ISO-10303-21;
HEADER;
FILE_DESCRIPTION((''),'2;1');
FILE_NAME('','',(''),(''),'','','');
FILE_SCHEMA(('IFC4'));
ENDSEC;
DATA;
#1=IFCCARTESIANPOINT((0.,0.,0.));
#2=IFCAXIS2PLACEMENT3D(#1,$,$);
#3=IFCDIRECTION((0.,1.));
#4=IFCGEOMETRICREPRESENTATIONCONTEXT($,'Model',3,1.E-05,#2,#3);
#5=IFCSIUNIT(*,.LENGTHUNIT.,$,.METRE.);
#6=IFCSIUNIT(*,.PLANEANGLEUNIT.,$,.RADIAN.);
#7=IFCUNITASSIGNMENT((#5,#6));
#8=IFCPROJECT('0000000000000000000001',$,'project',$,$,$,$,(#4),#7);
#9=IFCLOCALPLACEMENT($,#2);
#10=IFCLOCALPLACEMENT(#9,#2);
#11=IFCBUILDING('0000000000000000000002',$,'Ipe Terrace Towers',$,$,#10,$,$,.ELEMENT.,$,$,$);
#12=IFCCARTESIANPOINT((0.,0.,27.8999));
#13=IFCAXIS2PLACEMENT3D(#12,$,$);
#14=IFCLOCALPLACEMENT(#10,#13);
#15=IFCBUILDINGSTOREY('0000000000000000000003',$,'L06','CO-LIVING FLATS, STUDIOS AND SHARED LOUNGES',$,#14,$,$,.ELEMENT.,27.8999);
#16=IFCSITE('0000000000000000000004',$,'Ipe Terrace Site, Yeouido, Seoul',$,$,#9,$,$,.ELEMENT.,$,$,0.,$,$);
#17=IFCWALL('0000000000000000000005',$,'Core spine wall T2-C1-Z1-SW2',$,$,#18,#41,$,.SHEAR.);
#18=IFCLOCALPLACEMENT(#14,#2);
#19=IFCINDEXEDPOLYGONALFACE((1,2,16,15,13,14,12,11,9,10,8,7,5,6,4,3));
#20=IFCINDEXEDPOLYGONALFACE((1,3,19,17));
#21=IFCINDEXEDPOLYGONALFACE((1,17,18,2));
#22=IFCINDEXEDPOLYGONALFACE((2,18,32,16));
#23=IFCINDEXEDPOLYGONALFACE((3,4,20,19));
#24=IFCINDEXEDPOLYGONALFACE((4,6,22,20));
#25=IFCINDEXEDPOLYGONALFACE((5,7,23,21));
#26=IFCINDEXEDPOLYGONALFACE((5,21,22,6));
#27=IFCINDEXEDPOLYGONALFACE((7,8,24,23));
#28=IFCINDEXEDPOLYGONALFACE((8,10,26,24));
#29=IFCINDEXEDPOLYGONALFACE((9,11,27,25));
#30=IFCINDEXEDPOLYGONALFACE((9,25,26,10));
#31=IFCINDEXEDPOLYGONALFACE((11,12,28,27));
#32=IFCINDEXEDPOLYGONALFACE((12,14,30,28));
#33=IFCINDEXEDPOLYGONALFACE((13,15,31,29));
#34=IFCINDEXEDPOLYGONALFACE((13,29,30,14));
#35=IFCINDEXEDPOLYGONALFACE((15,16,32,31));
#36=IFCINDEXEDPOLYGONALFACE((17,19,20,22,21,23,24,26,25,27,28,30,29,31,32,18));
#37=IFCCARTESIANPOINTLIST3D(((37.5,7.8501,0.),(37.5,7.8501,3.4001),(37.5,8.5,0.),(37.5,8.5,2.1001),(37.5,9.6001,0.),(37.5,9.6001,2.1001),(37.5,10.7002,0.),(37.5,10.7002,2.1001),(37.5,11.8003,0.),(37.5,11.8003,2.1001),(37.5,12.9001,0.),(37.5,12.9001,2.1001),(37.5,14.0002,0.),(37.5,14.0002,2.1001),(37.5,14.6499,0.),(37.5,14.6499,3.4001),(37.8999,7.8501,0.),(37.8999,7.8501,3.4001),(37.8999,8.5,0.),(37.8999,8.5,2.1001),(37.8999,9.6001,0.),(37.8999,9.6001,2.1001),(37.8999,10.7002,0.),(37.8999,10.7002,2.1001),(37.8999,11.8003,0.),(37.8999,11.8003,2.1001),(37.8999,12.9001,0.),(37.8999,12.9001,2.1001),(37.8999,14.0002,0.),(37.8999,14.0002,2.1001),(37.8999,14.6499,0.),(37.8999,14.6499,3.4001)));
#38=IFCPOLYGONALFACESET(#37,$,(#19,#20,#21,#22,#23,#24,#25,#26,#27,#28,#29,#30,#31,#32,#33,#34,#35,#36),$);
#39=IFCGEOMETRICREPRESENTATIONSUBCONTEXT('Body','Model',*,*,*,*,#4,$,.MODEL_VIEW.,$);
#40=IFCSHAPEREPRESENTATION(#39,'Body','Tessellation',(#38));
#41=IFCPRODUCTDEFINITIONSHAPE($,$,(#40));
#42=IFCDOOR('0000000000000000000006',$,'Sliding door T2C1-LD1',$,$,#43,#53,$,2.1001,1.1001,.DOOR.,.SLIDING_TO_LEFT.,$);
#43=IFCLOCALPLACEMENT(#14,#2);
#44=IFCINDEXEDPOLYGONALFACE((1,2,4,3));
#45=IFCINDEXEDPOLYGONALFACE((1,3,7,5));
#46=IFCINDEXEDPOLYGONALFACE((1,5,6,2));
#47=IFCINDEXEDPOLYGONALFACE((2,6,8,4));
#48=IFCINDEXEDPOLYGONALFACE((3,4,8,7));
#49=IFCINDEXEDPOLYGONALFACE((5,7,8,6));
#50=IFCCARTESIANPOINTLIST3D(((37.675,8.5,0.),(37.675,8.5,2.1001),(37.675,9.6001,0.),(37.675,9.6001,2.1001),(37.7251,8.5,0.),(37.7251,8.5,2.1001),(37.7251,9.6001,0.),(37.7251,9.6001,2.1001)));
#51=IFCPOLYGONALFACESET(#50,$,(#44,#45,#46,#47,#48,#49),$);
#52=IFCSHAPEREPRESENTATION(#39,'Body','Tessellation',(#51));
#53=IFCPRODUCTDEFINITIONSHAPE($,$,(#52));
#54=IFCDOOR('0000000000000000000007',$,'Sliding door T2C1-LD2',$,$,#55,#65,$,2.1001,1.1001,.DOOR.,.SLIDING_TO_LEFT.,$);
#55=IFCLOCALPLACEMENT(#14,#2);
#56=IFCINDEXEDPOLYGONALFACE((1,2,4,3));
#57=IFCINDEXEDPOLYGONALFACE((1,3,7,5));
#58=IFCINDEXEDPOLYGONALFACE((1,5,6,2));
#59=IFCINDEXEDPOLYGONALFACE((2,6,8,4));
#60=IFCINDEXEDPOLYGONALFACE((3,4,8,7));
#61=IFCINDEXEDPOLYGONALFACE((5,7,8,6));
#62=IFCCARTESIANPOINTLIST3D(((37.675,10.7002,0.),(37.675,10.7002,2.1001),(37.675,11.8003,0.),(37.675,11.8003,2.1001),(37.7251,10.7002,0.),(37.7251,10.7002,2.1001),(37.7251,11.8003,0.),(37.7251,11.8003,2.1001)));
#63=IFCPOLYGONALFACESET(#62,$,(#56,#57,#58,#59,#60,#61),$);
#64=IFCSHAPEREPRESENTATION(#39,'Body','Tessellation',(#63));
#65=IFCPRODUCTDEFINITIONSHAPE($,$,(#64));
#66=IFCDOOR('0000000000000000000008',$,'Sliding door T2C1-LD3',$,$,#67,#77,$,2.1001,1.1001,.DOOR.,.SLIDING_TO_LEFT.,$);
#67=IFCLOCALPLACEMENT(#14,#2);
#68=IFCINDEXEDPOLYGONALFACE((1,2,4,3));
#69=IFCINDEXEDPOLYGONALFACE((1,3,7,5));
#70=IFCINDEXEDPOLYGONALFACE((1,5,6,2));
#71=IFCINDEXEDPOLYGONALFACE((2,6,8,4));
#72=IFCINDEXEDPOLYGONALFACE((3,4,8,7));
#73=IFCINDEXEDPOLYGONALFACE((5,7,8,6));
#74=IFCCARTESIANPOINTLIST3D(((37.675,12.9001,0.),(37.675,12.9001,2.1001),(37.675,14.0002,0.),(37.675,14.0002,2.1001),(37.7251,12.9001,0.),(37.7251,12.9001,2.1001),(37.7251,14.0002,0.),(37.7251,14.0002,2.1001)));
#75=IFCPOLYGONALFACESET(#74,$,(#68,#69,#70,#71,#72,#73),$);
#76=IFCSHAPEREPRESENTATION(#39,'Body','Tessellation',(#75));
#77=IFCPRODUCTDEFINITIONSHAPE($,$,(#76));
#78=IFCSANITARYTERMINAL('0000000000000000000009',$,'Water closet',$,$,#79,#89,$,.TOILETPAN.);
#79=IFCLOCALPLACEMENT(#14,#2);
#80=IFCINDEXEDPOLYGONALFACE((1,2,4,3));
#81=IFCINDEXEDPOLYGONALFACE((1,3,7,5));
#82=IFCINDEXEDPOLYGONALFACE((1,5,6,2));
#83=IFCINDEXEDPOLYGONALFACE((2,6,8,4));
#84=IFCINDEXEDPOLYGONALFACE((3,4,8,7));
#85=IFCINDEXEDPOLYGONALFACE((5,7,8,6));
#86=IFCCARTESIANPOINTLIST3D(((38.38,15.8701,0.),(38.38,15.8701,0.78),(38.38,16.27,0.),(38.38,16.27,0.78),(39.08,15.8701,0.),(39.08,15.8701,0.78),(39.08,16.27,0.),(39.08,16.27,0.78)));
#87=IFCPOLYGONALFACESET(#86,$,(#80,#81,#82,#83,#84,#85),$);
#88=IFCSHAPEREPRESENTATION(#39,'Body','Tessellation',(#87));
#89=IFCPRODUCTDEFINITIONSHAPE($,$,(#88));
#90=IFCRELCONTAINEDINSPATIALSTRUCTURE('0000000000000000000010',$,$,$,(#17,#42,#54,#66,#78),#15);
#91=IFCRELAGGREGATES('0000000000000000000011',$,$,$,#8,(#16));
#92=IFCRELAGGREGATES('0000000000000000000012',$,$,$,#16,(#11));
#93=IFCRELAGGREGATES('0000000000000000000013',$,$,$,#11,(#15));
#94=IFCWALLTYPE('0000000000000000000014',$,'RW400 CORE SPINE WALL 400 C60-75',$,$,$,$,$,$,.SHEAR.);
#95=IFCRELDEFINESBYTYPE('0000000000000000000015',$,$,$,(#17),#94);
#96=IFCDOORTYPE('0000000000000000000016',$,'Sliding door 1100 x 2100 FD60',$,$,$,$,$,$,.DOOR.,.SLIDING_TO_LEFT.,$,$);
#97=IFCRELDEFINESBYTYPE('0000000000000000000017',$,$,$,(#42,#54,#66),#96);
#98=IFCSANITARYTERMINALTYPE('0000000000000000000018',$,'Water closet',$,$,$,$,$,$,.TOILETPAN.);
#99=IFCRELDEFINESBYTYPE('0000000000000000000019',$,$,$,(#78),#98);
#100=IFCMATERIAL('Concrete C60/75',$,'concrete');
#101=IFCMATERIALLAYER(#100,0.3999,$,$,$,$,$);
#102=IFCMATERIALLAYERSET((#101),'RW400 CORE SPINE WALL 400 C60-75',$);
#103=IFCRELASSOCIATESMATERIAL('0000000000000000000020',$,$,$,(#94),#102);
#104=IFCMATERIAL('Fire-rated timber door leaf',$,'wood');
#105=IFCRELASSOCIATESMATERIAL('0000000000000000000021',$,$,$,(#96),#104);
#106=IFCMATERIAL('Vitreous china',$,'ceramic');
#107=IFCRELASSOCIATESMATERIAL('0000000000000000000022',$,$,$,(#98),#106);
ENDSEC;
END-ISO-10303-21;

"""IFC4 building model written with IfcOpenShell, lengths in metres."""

from ifc_helpers import new_model, si_unit, direction, frame, frame_2d, origin, origin_2d, place, context, subcontext, project, spatial, rectangle, extrude, material, layer, layer_set, type_object, element, fill, save


model = new_model("IFC4")

# Units and contexts
model_context = context("Model", 3, precision=1e-05, world=origin(), true_north=direction((0.0, 1.0)))
body_context = subcontext(model_context, "Body", "Model", "MODEL_VIEW")
ifc_project = project(units=[si_unit("LENGTHUNIT", "METRE"), si_unit("PLANEANGLEUNIT", "RADIAN")], contexts=[model_context])

# Site, building, storey
site_placement = place(None, origin())
site = spatial("IfcSite", under=ifc_project, at=site_placement, Name="Ipe Terrace Site, Yeouido, Seoul", CompositionType="ELEMENT", RefElevation=0.0)
building_placement = place(site_placement, origin())
building = spatial("IfcBuilding", under=site, at=building_placement, Name="Ipe Terrace Towers", CompositionType="ELEMENT")
storey_placement = place(building_placement, frame((0.0, 0.0, 27.8999)))
storey = spatial("IfcBuildingStorey", under=building, at=storey_placement, Name="L06", Description="CO-LIVING FLATS, STUDIOS AND SHARED LOUNGES", CompositionType="ELEMENT", Elevation=27.8999)

# Wall, openings, doors
ifc_material_1 = material(Name="Concrete C60/75", Category="concrete")
ifc_layer_1 = layer(ifc_material_1, 0.3999)
ifc_layer_set_1 = layer_set([ifc_layer_1], Name="RW400 CORE SPINE WALL 400 C60-75")
wall_type_1 = type_object("IfcWallType", Name="RW400 CORE SPINE WALL 400 C60-75", PredefinedType="SHEAR", material=ifc_layer_set_1)
wall_1_placement = place(storey_placement, frame((37.7, 7.8501, 0.0), z_axis=(0.0, 0.0, 1.0), x_axis=(0.0, 1.0, 0.0)))
wall_1 = element("IfcWall", 1, at=wall_1_placement, inside=storey, type_object=wall_type_1, Name="Core spine wall T2-C1-Z1-SW2", PredefinedType="SHEAR", context=body_context, shape_type="SweptSolid", body=[
    extrude(rectangle(XDim=6.7998, YDim=0.3999, at=frame_2d((3.3999, 0.0))), origin(), (0.0, 0.0, 1.0), 3.4001),
])
opening_1_placement = place(wall_1_placement, frame((0.6499, 0.0, 0.0)))
opening_1 = element("IfcOpeningElement", 2, at=opening_1_placement, cuts=wall_1, PredefinedType="OPENING", context=body_context, shape_type="SweptSolid", body=[
    extrude(rectangle(XDim=1.1001, YDim=2.1001, at=frame_2d((0.55, 1.05))), frame((0.0, 0.21, 0.0), z_axis=(0.0, -1.0, 0.0), x_axis=(1.0, 0.0, 0.0)), (0.0, 0.0, 1.0), 0.4199),
])
opening_2_placement = place(wall_1_placement, frame((2.8501, 0.0, 0.0)))
opening_2 = element("IfcOpeningElement", 3, at=opening_2_placement, cuts=wall_1, PredefinedType="OPENING", context=body_context, shape_type="SweptSolid", body=[
    extrude(rectangle(XDim=1.1001, YDim=2.1001, at=frame_2d((0.55, 1.05))), frame((0.0, 0.21, 0.0), z_axis=(0.0, -1.0, 0.0), x_axis=(1.0, 0.0, 0.0)), (0.0, 0.0, 1.0), 0.4199),
])
opening_3_placement = place(wall_1_placement, frame((5.05, 0.0, 0.0)))
opening_3 = element("IfcOpeningElement", 4, at=opening_3_placement, cuts=wall_1, PredefinedType="OPENING", context=body_context, shape_type="SweptSolid", body=[
    extrude(rectangle(XDim=1.1001, YDim=2.1001, at=frame_2d((0.55, 1.05))), frame((0.0, 0.21, 0.0), z_axis=(0.0, -1.0, 0.0), x_axis=(1.0, 0.0, 0.0)), (0.0, 0.0, 1.0), 0.4199),
])
ifc_material_2 = material(Name="Fire-rated timber door leaf", Category="wood")
door_type_1 = type_object("IfcDoorType", Name="Sliding door 1100 x 2100 FD60", OperationType="SLIDING_TO_LEFT", PredefinedType="DOOR", material=ifc_material_2)
door_1_placement = place(opening_1_placement, origin())
door_1 = element("IfcDoor", 5, at=door_1_placement, inside=storey, type_object=door_type_1, Name="Sliding door T2C1-LD1", OperationType="SLIDING_TO_LEFT", OverallHeight=2.1001, OverallWidth=1.1001, PredefinedType="DOOR", context=body_context, shape_type="SweptSolid", body=[
    extrude(rectangle(XDim=1.1001, YDim=2.1001, at=frame_2d((0.55, 1.05))), frame((0.0, 0.0249, 0.0), z_axis=(0.0, -1.0, 0.0), x_axis=(1.0, 0.0, 0.0)), (0.0, 0.0, 1.0), 0.05),
])
fill(opening_1, door_1)
door_2_placement = place(opening_2_placement, origin())
door_2 = element("IfcDoor", 6, at=door_2_placement, inside=storey, type_object=door_type_1, Name="Sliding door T2C1-LD2", OperationType="SLIDING_TO_LEFT", OverallHeight=2.1001, OverallWidth=1.1001, PredefinedType="DOOR", context=body_context, shape_type="SweptSolid", body=[
    extrude(rectangle(XDim=1.1001, YDim=2.1001, at=frame_2d((0.55, 1.05))), frame((0.0, 0.0249, 0.0), z_axis=(0.0, -1.0, 0.0), x_axis=(1.0, 0.0, 0.0)), (0.0, 0.0, 1.0), 0.05),
])
fill(opening_2, door_2)
door_3_placement = place(opening_3_placement, origin())
door_3 = element("IfcDoor", 7, at=door_3_placement, inside=storey, type_object=door_type_1, Name="Sliding door T2C1-LD3", OperationType="SLIDING_TO_LEFT", OverallHeight=2.1001, OverallWidth=1.1001, PredefinedType="DOOR", context=body_context, shape_type="SweptSolid", body=[
    extrude(rectangle(XDim=1.1001, YDim=2.1001, at=frame_2d((0.55, 1.05))), frame((0.0, 0.0249, 0.0), z_axis=(0.0, -1.0, 0.0), x_axis=(1.0, 0.0, 0.0)), (0.0, 0.0, 1.0), 0.05),
])
fill(opening_3, door_3)

# Sanitary terminal
ifc_material_3 = material(Name="Vitreous china", Category="ceramic")
sanitary_terminal_type = type_object("IfcSanitaryTerminalType", Name="Water closet", PredefinedType="TOILETPAN", material=ifc_material_3)
sanitary_terminal_placement = place(storey_placement, frame((38.73, 16.0701, 0.0), z_axis=(0.0, 0.0, 1.0), x_axis=(-1.0, 0.0, 0.0)))
element("IfcSanitaryTerminal", 8, at=sanitary_terminal_placement, inside=storey, type_object=sanitary_terminal_type, Name="Water closet", PredefinedType="TOILETPAN", context=body_context, shape_type="SweptSolid", body=[
    extrude(rectangle(XDim=0.7, YDim=0.3999, at=origin_2d()), origin(), (0.0, 0.0, 1.0), 0.78),
])

save(model, "model.ifc")
